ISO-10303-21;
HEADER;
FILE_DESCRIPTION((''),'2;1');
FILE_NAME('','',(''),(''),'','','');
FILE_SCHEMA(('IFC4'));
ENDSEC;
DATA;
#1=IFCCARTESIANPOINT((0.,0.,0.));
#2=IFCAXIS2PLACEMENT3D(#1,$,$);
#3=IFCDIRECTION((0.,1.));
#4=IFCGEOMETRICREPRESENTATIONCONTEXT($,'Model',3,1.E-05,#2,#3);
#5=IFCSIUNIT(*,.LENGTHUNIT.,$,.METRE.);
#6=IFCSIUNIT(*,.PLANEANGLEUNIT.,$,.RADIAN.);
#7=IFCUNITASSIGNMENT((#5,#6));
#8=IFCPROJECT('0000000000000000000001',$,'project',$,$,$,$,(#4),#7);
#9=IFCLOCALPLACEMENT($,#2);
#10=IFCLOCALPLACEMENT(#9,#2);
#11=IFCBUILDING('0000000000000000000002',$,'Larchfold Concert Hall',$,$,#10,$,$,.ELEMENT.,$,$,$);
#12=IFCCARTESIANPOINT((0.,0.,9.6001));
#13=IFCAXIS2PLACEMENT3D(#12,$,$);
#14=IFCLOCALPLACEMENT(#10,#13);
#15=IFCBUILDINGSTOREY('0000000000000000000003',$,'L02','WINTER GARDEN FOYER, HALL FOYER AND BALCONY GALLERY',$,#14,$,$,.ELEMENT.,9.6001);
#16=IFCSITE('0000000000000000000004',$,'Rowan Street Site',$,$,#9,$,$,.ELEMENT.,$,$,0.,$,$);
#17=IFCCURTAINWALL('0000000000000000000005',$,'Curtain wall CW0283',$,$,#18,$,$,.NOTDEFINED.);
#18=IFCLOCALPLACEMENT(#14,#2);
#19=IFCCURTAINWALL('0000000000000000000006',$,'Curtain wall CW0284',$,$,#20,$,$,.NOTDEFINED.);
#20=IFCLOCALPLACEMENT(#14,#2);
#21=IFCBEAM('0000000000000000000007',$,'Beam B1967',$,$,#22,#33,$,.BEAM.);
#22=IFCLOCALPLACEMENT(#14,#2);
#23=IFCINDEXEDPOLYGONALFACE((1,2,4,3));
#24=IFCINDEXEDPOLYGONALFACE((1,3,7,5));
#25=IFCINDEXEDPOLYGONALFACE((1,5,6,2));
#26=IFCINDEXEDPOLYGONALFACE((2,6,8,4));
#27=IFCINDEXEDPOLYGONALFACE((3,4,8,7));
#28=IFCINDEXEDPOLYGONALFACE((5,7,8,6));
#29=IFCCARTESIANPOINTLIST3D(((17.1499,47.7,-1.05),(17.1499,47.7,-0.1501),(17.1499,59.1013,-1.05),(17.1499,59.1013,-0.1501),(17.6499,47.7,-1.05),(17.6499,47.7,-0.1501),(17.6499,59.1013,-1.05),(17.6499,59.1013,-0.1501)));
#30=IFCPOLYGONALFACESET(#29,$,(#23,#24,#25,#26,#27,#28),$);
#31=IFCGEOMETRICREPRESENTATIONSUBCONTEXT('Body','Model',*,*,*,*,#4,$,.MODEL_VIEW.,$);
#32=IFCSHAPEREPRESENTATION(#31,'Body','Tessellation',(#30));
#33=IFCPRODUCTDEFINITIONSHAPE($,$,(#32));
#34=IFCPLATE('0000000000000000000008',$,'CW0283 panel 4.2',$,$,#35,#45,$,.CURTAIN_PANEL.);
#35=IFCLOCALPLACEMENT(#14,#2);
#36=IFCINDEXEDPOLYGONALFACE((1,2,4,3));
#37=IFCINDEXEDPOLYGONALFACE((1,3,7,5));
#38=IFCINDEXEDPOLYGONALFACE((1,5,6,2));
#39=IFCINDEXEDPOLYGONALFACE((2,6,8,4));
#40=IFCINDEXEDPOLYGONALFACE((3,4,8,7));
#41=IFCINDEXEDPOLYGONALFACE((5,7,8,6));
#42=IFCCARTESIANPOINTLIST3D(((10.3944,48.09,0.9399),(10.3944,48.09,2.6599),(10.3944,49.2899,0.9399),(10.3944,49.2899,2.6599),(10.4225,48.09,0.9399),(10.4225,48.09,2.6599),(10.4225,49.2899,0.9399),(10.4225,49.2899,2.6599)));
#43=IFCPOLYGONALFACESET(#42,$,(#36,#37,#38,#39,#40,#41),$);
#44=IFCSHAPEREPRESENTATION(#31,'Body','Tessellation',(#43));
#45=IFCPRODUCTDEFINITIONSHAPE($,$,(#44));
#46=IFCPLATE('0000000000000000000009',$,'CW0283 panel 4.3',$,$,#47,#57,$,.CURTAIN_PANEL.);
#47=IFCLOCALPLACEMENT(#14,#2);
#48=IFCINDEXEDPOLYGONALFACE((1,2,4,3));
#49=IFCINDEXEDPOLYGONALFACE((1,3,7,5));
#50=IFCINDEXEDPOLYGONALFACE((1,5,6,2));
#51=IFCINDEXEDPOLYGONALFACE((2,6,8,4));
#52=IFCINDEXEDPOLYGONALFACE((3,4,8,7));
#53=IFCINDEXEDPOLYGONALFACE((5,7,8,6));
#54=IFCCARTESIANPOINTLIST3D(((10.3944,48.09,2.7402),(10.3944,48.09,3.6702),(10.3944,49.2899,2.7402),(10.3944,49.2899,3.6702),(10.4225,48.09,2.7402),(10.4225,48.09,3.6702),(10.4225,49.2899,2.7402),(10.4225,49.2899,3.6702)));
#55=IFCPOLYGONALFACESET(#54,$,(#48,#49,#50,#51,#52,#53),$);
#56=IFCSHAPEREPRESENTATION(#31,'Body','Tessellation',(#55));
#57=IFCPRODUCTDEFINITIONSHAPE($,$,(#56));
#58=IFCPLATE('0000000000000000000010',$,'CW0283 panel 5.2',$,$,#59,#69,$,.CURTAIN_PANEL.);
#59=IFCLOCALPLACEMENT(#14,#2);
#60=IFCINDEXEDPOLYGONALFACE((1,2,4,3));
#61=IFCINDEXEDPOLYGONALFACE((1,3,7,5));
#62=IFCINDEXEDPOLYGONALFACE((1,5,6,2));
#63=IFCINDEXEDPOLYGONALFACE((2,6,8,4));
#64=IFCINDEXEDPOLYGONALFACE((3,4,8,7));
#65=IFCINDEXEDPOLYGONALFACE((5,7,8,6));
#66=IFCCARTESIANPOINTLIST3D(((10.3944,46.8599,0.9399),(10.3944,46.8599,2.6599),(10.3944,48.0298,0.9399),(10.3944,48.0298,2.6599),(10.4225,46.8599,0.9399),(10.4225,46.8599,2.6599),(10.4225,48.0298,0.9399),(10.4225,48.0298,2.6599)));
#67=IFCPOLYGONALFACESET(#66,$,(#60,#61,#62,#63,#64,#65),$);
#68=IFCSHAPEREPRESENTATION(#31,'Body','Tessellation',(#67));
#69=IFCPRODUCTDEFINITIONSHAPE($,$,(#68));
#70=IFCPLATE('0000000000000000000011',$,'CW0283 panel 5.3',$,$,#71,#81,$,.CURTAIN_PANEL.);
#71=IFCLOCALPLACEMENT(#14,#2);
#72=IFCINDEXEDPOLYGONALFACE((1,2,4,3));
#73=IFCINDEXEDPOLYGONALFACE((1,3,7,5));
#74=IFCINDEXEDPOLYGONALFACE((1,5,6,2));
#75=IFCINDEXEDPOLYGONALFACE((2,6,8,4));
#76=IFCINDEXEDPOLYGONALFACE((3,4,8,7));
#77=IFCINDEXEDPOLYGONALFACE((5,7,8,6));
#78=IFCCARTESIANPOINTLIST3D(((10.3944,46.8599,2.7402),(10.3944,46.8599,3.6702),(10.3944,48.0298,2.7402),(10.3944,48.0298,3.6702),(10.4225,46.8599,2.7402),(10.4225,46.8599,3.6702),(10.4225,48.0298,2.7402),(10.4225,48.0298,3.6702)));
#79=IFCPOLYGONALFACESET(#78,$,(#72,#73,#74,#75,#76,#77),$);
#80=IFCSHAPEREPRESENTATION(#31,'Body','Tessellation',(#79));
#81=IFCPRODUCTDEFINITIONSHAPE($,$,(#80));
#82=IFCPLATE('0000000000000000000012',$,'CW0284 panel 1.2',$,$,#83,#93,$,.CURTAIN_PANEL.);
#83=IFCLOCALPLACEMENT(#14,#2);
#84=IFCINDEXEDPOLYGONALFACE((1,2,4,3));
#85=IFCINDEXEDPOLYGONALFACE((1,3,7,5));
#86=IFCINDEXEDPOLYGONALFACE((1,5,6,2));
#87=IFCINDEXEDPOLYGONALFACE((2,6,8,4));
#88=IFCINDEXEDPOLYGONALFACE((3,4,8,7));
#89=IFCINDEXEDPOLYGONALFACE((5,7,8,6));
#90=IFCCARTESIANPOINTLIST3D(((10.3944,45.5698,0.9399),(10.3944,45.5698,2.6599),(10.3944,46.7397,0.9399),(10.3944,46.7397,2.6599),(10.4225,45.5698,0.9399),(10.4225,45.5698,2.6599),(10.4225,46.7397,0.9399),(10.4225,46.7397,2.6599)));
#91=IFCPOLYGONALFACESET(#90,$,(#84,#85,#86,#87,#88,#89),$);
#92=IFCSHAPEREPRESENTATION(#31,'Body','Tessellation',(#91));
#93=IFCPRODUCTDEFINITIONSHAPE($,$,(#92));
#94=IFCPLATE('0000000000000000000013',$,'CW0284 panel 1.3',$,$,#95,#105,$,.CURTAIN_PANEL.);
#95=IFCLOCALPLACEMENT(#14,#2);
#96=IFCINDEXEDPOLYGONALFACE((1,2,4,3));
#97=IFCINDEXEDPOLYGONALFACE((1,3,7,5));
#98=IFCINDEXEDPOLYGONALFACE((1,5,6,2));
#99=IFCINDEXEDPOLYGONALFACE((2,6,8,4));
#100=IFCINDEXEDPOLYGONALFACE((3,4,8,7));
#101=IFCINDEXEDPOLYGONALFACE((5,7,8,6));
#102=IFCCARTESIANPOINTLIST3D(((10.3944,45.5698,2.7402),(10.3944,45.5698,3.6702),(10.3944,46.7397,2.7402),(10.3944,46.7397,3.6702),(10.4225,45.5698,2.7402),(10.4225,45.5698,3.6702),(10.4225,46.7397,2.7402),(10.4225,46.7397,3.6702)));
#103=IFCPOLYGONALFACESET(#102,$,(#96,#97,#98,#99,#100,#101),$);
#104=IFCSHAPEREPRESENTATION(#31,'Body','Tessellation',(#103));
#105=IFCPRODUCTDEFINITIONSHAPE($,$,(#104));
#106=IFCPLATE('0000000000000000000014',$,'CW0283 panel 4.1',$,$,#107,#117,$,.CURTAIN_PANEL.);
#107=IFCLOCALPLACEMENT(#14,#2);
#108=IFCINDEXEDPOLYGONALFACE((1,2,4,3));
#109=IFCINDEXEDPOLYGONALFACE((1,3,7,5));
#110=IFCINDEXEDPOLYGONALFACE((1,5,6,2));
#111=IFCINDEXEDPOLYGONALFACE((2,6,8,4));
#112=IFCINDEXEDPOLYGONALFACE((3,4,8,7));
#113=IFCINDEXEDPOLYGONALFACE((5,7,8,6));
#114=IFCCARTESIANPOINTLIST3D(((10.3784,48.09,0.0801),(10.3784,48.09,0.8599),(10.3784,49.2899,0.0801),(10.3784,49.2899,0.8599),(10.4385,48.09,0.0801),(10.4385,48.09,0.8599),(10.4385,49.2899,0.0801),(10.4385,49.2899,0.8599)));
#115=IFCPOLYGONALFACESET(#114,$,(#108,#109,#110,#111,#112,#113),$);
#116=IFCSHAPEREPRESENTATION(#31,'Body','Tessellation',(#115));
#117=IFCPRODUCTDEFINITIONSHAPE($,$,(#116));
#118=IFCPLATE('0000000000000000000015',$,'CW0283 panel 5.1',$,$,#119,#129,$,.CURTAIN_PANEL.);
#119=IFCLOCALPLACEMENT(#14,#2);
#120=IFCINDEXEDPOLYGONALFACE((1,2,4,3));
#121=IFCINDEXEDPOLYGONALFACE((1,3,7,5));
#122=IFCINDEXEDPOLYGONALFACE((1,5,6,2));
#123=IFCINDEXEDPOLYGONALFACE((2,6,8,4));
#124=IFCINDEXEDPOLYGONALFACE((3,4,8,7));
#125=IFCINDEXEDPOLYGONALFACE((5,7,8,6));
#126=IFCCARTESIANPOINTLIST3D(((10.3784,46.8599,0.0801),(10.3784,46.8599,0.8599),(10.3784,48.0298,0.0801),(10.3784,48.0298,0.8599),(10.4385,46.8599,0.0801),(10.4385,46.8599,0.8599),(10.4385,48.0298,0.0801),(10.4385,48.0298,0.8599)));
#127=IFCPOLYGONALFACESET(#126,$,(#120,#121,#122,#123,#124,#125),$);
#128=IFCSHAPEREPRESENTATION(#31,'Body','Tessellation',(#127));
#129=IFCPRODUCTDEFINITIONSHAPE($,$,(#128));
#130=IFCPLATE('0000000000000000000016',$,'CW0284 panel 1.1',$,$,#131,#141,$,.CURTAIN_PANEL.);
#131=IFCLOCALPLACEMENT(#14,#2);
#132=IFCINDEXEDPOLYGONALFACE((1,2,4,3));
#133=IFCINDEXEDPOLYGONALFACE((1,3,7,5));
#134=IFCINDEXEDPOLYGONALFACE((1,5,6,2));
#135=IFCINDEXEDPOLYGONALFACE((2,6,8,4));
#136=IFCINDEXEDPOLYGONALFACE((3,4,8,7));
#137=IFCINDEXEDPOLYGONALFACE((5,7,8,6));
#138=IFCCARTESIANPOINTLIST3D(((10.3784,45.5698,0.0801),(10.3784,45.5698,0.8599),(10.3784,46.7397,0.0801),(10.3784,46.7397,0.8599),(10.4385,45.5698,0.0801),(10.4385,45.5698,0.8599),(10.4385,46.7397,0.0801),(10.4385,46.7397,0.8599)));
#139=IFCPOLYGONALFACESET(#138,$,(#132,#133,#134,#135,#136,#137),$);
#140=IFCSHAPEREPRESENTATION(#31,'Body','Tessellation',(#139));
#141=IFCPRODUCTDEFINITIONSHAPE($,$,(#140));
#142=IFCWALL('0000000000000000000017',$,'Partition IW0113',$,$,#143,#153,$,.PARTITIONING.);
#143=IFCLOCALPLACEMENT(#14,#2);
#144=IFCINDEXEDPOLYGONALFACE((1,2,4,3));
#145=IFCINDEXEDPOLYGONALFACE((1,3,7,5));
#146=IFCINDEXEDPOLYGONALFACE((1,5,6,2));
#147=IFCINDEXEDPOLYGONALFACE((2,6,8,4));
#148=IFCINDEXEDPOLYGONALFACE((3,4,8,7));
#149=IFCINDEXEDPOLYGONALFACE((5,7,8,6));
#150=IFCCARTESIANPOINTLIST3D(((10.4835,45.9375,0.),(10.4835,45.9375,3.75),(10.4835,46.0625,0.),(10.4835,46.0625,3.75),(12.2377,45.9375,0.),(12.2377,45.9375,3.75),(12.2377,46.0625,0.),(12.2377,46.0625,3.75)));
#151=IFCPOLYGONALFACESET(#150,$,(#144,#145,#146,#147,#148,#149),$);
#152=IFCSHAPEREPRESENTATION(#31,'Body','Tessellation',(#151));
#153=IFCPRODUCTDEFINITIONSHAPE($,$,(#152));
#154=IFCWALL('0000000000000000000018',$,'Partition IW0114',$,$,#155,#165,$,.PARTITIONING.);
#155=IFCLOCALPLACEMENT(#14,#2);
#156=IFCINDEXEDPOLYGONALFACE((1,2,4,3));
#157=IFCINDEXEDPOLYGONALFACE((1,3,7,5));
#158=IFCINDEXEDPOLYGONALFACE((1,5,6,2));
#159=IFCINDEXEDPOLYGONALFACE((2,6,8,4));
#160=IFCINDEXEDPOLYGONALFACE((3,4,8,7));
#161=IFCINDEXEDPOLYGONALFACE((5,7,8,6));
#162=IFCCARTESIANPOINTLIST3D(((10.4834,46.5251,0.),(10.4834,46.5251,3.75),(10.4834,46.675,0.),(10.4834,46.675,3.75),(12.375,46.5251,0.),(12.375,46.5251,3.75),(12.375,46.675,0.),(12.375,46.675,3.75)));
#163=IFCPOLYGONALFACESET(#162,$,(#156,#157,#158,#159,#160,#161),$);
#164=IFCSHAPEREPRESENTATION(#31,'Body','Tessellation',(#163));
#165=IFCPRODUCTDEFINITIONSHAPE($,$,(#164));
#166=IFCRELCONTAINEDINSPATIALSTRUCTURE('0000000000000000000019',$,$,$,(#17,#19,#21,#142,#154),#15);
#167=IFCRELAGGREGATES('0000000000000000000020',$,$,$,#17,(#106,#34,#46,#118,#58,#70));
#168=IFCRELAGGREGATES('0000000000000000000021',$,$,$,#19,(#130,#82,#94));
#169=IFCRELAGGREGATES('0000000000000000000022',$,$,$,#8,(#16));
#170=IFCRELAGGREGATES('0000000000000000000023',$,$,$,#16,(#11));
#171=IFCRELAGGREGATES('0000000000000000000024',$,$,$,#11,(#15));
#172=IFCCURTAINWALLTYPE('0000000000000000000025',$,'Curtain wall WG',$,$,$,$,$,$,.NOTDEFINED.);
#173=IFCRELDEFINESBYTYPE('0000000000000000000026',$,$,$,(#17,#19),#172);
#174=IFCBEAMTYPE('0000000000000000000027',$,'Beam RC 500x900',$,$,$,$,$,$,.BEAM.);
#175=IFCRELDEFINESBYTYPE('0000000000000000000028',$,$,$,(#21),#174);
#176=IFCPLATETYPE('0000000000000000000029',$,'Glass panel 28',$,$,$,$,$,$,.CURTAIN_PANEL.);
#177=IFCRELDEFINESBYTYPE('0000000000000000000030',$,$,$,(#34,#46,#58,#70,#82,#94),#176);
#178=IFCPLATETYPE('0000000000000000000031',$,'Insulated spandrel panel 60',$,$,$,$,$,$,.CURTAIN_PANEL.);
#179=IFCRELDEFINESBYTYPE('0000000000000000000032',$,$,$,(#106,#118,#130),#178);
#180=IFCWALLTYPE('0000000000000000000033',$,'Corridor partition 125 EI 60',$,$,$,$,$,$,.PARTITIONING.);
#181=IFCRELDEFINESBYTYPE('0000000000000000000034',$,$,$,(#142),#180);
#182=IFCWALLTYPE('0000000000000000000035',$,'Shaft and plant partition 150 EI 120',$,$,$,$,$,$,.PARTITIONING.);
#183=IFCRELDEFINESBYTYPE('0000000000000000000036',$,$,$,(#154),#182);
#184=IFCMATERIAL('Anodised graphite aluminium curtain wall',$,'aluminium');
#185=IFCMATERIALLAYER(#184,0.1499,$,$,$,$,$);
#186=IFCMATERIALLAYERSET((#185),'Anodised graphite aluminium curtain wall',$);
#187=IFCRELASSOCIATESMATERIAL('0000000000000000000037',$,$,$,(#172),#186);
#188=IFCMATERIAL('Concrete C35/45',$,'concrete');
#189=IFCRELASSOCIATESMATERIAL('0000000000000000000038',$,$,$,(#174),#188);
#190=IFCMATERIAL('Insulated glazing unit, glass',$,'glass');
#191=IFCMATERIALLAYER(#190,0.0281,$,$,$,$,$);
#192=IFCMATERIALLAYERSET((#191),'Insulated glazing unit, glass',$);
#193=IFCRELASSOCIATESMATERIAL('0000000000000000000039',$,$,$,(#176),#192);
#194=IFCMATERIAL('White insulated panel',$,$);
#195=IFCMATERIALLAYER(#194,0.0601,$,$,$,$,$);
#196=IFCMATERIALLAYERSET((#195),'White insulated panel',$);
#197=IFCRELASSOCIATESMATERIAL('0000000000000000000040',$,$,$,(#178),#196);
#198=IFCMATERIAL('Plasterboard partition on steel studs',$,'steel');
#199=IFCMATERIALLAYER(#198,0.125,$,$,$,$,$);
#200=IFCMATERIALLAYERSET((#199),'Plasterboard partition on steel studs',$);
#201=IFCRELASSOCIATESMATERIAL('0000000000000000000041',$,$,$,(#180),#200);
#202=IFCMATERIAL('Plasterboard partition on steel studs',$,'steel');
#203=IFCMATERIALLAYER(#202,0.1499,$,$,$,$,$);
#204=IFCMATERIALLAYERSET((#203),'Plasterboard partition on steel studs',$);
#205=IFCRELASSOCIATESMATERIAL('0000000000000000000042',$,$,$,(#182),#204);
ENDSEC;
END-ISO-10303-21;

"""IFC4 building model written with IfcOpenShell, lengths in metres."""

from ifc_helpers import new_model, si_unit, direction, frame, frame_2d, origin, origin_2d, place, context, subcontext, project, spatial, rectangle, extrude, material, layer, layer_set, material_profile, profile_set, type_object, element, aggregate, save


model = new_model("IFC4")

# Units and contexts
model_context = context("Model", 3, precision=1e-05, world=origin(), true_north=direction((0.0, 1.0)))
body_context = subcontext(model_context, "Body", "Model", "MODEL_VIEW")
ifc_project = project(units=[si_unit("LENGTHUNIT", "METRE"), si_unit("PLANEANGLEUNIT", "RADIAN")], contexts=[model_context])

# Site, building, storey
site_placement = place(None, origin())
site = spatial("IfcSite", under=ifc_project, at=site_placement, Name="Rowan Street Site", CompositionType="ELEMENT", RefElevation=0.0)
building_placement = place(site_placement, origin())
building = spatial("IfcBuilding", under=site, at=building_placement, Name="Larchfold Concert Hall", CompositionType="ELEMENT")
storey_placement = place(building_placement, frame((0.0, 0.0, 9.6001)))
storey = spatial("IfcBuildingStorey", under=building, at=storey_placement, Name="L02", Description="WINTER GARDEN FOYER, HALL FOYER AND BALCONY GALLERY", CompositionType="ELEMENT", Elevation=9.6001)

# Curtain walls
ifc_material_1 = material(Name="Anodised graphite aluminium curtain wall", Category="aluminium")
ifc_layer_1 = layer(ifc_material_1, 0.1499)
ifc_layer_set_1 = layer_set([ifc_layer_1], Name="Anodised graphite aluminium curtain wall")
curtain_wall_type = type_object("IfcCurtainWallType", Name="Curtain wall WG", PredefinedType="NOTDEFINED", material=ifc_layer_set_1)
curtain_wall_1_placement = place(storey_placement, origin())
curtain_wall_1 = element("IfcCurtainWall", 1, at=curtain_wall_1_placement, inside=storey, type_object=curtain_wall_type, Name="Curtain wall CW0283", PredefinedType="NOTDEFINED")
curtain_wall_2_placement = place(storey_placement, origin())
curtain_wall_2 = element("IfcCurtainWall", 2, at=curtain_wall_2_placement, inside=storey, type_object=curtain_wall_type, Name="Curtain wall CW0284", PredefinedType="NOTDEFINED")

# Beam
ifc_material_2 = material(Name="Concrete C35/45", Category="concrete")
ifc_material_profile_1 = material_profile(ifc_material_2, rectangle(XDim=0.5, YDim=0.8999, at=origin_2d()))
ifc_profile_set_1 = profile_set([ifc_material_profile_1], Name="Concrete C35/45")
beam_type = type_object("IfcBeamType", Name="Beam RC 500x900", PredefinedType="BEAM", material=ifc_profile_set_1)
beam_placement = place(storey_placement, frame((17.3999, 47.7, -0.6001), z_axis=(0.0, 1.0, 0.0), x_axis=(-1.0, 0.0, 0.0)))
element("IfcBeam", 3, at=beam_placement, inside=storey, type_object=beam_type, Name="Beam B1967", PredefinedType="BEAM", context=body_context, shape_type="SweptSolid", body=[
    extrude(rectangle(XDim=0.5, YDim=0.8999, at=origin_2d()), origin(), (0.0, 0.0, 1.0), 11.4014),
])

# Plates
ifc_material_3 = material(Name="Insulated glazing unit, glass", Category="glass")
ifc_layer_2 = layer(ifc_material_3, 0.0281)
ifc_layer_set_2 = layer_set([ifc_layer_2], Name="Insulated glazing unit, glass")
plate_type_1 = type_object("IfcPlateType", Name="Glass panel 28", PredefinedType="CURTAIN_PANEL", material=ifc_layer_set_2)
plate_1_placement = place(storey_placement, frame((10.4084, 48.6899, 0.9399), z_axis=(0.0, 0.0, 1.0), x_axis=(0.0, -1.0, 0.0)))
plate_1 = element("IfcPlate", 4, at=plate_1_placement, type_object=plate_type_1, Name="CW0283 panel 4.2", PredefinedType="CURTAIN_PANEL", context=body_context, shape_type="SweptSolid", body=[
    extrude(rectangle(XDim=1.2, YDim=0.0281, at=origin_2d()), origin(), (0.0, 0.0, 1.0), 1.72),
])
plate_2_placement = place(storey_placement, frame((10.4084, 48.6899, 2.7402), z_axis=(0.0, 0.0, 1.0), x_axis=(0.0, -1.0, 0.0)))
plate_2 = element("IfcPlate", 5, at=plate_2_placement, type_object=plate_type_1, Name="CW0283 panel 4.3", PredefinedType="CURTAIN_PANEL", context=body_context, shape_type="SweptSolid", body=[
    extrude(rectangle(XDim=1.2, YDim=0.0281, at=origin_2d()), origin(), (0.0, 0.0, 1.0), 0.9299),
])
plate_3_placement = place(storey_placement, frame((10.4084, 47.4448, 0.9399), z_axis=(0.0, 0.0, 1.0), x_axis=(0.0, -1.0, 0.0)))
plate_3 = element("IfcPlate", 6, at=plate_3_placement, type_object=plate_type_1, Name="CW0283 panel 5.2", PredefinedType="CURTAIN_PANEL", context=body_context, shape_type="SweptSolid", body=[
    extrude(rectangle(XDim=1.1699, YDim=0.0281, at=origin_2d()), origin(), (0.0, 0.0, 1.0), 1.72),
])
plate_4_placement = place(storey_placement, frame((10.4084, 47.4448, 2.7402), z_axis=(0.0, 0.0, 1.0), x_axis=(0.0, -1.0, 0.0)))
plate_4 = element("IfcPlate", 7, at=plate_4_placement, type_object=plate_type_1, Name="CW0283 panel 5.3", PredefinedType="CURTAIN_PANEL", context=body_context, shape_type="SweptSolid", body=[
    extrude(rectangle(XDim=1.1699, YDim=0.0281, at=origin_2d()), origin(), (0.0, 0.0, 1.0), 0.9299),
])
plate_5_placement = place(storey_placement, frame((10.4084, 46.1548, 0.9399), z_axis=(0.0, 0.0, 1.0), x_axis=(0.0, -1.0, 0.0)))
plate_5 = element("IfcPlate", 8, at=plate_5_placement, type_object=plate_type_1, Name="CW0284 panel 1.2", PredefinedType="CURTAIN_PANEL", context=body_context, shape_type="SweptSolid", body=[
    extrude(rectangle(XDim=1.1699, YDim=0.0281, at=origin_2d()), origin(), (0.0, 0.0, 1.0), 1.72),
])
plate_6_placement = place(storey_placement, frame((10.4084, 46.1548, 2.7402), z_axis=(0.0, 0.0, 1.0), x_axis=(0.0, -1.0, 0.0)))
plate_6 = element("IfcPlate", 9, at=plate_6_placement, type_object=plate_type_1, Name="CW0284 panel 1.3", PredefinedType="CURTAIN_PANEL", context=body_context, shape_type="SweptSolid", body=[
    extrude(rectangle(XDim=1.1699, YDim=0.0281, at=origin_2d()), origin(), (0.0, 0.0, 1.0), 0.9299),
])
ifc_material_4 = material(Name="White insulated panel")
ifc_layer_3 = layer(ifc_material_4, 0.0601)
ifc_layer_set_3 = layer_set([ifc_layer_3], Name="White insulated panel")
plate_type_2 = type_object("IfcPlateType", Name="Insulated spandrel panel 60", PredefinedType="CURTAIN_PANEL", material=ifc_layer_set_3)
plate_7_placement = place(storey_placement, frame((10.4084, 48.6899, 0.0801), z_axis=(0.0, 0.0, 1.0), x_axis=(0.0, -1.0, 0.0)))
plate_7 = element("IfcPlate", 10, at=plate_7_placement, type_object=plate_type_2, Name="CW0283 panel 4.1", PredefinedType="CURTAIN_PANEL", context=body_context, shape_type="SweptSolid", body=[
    extrude(rectangle(XDim=1.2, YDim=0.0601, at=origin_2d()), origin(), (0.0, 0.0, 1.0), 0.7798),
])
plate_8_placement = place(storey_placement, frame((10.4084, 47.4448, 0.0801), z_axis=(0.0, 0.0, 1.0), x_axis=(0.0, -1.0, 0.0)))
plate_8 = element("IfcPlate", 11, at=plate_8_placement, type_object=plate_type_2, Name="CW0283 panel 5.1", PredefinedType="CURTAIN_PANEL", context=body_context, shape_type="SweptSolid", body=[
    extrude(rectangle(XDim=1.1699, YDim=0.0601, at=origin_2d()), origin(), (0.0, 0.0, 1.0), 0.7798),
])
aggregate(curtain_wall_1, [plate_7, plate_1, plate_2, plate_8, plate_3, plate_4])
plate_9_placement = place(storey_placement, frame((10.4084, 46.1548, 0.0801), z_axis=(0.0, 0.0, 1.0), x_axis=(0.0, -1.0, 0.0)))
plate_9 = element("IfcPlate", 12, at=plate_9_placement, type_object=plate_type_2, Name="CW0284 panel 1.1", PredefinedType="CURTAIN_PANEL", context=body_context, shape_type="SweptSolid", body=[
    extrude(rectangle(XDim=1.1699, YDim=0.0601, at=origin_2d()), origin(), (0.0, 0.0, 1.0), 0.7798),
])
aggregate(curtain_wall_2, [plate_9, plate_5, plate_6])

# Walls
ifc_material_5 = material(Name="Plasterboard partition on steel studs", Category="steel")
ifc_layer_4 = layer(ifc_material_5, 0.125)
ifc_layer_set_4 = layer_set([ifc_layer_4], Name="Plasterboard partition on steel studs")
wall_type_1 = type_object("IfcWallType", Name="Corridor partition 125 EI 60", PredefinedType="PARTITIONING", material=ifc_layer_set_4)
wall_1_placement = place(storey_placement, frame((12.2375, 46.0, 0.0), z_axis=(0.0, 0.0, 1.0), x_axis=(-1.0, 0.0, 0.0)))
element("IfcWall", 13, at=wall_1_placement, inside=storey, type_object=wall_type_1, Name="Partition IW0113", PredefinedType="PARTITIONING", context=body_context, shape_type="SweptSolid", body=[
    extrude(rectangle(XDim=1.7542, YDim=0.125, at=frame_2d((0.877, 0.0))), origin(), (0.0, 0.0, 1.0), 3.75),
])
ifc_material_6 = material(Name="Plasterboard partition on steel studs", Category="steel")
ifc_layer_5 = layer(ifc_material_6, 0.1499)
ifc_layer_set_5 = layer_set([ifc_layer_5], Name="Plasterboard partition on steel studs")
wall_type_2 = type_object("IfcWallType", Name="Shaft and plant partition 150 EI 120", PredefinedType="PARTITIONING", material=ifc_layer_set_5)
wall_2_placement = place(storey_placement, frame((10.4834, 46.6001, 0.0), z_axis=(0.0, 0.0, 1.0), x_axis=(1.0, 0.0, 0.0)))
element("IfcWall", 14, at=wall_2_placement, inside=storey, type_object=wall_type_2, Name="Partition IW0114", PredefinedType="PARTITIONING", context=body_context, shape_type="SweptSolid", body=[
    extrude(rectangle(XDim=1.8916, YDim=0.1499, at=frame_2d((0.9458, 0.0))), origin(), (0.0, 0.0, 1.0), 3.75),
])

save(model, "model.ifc")
